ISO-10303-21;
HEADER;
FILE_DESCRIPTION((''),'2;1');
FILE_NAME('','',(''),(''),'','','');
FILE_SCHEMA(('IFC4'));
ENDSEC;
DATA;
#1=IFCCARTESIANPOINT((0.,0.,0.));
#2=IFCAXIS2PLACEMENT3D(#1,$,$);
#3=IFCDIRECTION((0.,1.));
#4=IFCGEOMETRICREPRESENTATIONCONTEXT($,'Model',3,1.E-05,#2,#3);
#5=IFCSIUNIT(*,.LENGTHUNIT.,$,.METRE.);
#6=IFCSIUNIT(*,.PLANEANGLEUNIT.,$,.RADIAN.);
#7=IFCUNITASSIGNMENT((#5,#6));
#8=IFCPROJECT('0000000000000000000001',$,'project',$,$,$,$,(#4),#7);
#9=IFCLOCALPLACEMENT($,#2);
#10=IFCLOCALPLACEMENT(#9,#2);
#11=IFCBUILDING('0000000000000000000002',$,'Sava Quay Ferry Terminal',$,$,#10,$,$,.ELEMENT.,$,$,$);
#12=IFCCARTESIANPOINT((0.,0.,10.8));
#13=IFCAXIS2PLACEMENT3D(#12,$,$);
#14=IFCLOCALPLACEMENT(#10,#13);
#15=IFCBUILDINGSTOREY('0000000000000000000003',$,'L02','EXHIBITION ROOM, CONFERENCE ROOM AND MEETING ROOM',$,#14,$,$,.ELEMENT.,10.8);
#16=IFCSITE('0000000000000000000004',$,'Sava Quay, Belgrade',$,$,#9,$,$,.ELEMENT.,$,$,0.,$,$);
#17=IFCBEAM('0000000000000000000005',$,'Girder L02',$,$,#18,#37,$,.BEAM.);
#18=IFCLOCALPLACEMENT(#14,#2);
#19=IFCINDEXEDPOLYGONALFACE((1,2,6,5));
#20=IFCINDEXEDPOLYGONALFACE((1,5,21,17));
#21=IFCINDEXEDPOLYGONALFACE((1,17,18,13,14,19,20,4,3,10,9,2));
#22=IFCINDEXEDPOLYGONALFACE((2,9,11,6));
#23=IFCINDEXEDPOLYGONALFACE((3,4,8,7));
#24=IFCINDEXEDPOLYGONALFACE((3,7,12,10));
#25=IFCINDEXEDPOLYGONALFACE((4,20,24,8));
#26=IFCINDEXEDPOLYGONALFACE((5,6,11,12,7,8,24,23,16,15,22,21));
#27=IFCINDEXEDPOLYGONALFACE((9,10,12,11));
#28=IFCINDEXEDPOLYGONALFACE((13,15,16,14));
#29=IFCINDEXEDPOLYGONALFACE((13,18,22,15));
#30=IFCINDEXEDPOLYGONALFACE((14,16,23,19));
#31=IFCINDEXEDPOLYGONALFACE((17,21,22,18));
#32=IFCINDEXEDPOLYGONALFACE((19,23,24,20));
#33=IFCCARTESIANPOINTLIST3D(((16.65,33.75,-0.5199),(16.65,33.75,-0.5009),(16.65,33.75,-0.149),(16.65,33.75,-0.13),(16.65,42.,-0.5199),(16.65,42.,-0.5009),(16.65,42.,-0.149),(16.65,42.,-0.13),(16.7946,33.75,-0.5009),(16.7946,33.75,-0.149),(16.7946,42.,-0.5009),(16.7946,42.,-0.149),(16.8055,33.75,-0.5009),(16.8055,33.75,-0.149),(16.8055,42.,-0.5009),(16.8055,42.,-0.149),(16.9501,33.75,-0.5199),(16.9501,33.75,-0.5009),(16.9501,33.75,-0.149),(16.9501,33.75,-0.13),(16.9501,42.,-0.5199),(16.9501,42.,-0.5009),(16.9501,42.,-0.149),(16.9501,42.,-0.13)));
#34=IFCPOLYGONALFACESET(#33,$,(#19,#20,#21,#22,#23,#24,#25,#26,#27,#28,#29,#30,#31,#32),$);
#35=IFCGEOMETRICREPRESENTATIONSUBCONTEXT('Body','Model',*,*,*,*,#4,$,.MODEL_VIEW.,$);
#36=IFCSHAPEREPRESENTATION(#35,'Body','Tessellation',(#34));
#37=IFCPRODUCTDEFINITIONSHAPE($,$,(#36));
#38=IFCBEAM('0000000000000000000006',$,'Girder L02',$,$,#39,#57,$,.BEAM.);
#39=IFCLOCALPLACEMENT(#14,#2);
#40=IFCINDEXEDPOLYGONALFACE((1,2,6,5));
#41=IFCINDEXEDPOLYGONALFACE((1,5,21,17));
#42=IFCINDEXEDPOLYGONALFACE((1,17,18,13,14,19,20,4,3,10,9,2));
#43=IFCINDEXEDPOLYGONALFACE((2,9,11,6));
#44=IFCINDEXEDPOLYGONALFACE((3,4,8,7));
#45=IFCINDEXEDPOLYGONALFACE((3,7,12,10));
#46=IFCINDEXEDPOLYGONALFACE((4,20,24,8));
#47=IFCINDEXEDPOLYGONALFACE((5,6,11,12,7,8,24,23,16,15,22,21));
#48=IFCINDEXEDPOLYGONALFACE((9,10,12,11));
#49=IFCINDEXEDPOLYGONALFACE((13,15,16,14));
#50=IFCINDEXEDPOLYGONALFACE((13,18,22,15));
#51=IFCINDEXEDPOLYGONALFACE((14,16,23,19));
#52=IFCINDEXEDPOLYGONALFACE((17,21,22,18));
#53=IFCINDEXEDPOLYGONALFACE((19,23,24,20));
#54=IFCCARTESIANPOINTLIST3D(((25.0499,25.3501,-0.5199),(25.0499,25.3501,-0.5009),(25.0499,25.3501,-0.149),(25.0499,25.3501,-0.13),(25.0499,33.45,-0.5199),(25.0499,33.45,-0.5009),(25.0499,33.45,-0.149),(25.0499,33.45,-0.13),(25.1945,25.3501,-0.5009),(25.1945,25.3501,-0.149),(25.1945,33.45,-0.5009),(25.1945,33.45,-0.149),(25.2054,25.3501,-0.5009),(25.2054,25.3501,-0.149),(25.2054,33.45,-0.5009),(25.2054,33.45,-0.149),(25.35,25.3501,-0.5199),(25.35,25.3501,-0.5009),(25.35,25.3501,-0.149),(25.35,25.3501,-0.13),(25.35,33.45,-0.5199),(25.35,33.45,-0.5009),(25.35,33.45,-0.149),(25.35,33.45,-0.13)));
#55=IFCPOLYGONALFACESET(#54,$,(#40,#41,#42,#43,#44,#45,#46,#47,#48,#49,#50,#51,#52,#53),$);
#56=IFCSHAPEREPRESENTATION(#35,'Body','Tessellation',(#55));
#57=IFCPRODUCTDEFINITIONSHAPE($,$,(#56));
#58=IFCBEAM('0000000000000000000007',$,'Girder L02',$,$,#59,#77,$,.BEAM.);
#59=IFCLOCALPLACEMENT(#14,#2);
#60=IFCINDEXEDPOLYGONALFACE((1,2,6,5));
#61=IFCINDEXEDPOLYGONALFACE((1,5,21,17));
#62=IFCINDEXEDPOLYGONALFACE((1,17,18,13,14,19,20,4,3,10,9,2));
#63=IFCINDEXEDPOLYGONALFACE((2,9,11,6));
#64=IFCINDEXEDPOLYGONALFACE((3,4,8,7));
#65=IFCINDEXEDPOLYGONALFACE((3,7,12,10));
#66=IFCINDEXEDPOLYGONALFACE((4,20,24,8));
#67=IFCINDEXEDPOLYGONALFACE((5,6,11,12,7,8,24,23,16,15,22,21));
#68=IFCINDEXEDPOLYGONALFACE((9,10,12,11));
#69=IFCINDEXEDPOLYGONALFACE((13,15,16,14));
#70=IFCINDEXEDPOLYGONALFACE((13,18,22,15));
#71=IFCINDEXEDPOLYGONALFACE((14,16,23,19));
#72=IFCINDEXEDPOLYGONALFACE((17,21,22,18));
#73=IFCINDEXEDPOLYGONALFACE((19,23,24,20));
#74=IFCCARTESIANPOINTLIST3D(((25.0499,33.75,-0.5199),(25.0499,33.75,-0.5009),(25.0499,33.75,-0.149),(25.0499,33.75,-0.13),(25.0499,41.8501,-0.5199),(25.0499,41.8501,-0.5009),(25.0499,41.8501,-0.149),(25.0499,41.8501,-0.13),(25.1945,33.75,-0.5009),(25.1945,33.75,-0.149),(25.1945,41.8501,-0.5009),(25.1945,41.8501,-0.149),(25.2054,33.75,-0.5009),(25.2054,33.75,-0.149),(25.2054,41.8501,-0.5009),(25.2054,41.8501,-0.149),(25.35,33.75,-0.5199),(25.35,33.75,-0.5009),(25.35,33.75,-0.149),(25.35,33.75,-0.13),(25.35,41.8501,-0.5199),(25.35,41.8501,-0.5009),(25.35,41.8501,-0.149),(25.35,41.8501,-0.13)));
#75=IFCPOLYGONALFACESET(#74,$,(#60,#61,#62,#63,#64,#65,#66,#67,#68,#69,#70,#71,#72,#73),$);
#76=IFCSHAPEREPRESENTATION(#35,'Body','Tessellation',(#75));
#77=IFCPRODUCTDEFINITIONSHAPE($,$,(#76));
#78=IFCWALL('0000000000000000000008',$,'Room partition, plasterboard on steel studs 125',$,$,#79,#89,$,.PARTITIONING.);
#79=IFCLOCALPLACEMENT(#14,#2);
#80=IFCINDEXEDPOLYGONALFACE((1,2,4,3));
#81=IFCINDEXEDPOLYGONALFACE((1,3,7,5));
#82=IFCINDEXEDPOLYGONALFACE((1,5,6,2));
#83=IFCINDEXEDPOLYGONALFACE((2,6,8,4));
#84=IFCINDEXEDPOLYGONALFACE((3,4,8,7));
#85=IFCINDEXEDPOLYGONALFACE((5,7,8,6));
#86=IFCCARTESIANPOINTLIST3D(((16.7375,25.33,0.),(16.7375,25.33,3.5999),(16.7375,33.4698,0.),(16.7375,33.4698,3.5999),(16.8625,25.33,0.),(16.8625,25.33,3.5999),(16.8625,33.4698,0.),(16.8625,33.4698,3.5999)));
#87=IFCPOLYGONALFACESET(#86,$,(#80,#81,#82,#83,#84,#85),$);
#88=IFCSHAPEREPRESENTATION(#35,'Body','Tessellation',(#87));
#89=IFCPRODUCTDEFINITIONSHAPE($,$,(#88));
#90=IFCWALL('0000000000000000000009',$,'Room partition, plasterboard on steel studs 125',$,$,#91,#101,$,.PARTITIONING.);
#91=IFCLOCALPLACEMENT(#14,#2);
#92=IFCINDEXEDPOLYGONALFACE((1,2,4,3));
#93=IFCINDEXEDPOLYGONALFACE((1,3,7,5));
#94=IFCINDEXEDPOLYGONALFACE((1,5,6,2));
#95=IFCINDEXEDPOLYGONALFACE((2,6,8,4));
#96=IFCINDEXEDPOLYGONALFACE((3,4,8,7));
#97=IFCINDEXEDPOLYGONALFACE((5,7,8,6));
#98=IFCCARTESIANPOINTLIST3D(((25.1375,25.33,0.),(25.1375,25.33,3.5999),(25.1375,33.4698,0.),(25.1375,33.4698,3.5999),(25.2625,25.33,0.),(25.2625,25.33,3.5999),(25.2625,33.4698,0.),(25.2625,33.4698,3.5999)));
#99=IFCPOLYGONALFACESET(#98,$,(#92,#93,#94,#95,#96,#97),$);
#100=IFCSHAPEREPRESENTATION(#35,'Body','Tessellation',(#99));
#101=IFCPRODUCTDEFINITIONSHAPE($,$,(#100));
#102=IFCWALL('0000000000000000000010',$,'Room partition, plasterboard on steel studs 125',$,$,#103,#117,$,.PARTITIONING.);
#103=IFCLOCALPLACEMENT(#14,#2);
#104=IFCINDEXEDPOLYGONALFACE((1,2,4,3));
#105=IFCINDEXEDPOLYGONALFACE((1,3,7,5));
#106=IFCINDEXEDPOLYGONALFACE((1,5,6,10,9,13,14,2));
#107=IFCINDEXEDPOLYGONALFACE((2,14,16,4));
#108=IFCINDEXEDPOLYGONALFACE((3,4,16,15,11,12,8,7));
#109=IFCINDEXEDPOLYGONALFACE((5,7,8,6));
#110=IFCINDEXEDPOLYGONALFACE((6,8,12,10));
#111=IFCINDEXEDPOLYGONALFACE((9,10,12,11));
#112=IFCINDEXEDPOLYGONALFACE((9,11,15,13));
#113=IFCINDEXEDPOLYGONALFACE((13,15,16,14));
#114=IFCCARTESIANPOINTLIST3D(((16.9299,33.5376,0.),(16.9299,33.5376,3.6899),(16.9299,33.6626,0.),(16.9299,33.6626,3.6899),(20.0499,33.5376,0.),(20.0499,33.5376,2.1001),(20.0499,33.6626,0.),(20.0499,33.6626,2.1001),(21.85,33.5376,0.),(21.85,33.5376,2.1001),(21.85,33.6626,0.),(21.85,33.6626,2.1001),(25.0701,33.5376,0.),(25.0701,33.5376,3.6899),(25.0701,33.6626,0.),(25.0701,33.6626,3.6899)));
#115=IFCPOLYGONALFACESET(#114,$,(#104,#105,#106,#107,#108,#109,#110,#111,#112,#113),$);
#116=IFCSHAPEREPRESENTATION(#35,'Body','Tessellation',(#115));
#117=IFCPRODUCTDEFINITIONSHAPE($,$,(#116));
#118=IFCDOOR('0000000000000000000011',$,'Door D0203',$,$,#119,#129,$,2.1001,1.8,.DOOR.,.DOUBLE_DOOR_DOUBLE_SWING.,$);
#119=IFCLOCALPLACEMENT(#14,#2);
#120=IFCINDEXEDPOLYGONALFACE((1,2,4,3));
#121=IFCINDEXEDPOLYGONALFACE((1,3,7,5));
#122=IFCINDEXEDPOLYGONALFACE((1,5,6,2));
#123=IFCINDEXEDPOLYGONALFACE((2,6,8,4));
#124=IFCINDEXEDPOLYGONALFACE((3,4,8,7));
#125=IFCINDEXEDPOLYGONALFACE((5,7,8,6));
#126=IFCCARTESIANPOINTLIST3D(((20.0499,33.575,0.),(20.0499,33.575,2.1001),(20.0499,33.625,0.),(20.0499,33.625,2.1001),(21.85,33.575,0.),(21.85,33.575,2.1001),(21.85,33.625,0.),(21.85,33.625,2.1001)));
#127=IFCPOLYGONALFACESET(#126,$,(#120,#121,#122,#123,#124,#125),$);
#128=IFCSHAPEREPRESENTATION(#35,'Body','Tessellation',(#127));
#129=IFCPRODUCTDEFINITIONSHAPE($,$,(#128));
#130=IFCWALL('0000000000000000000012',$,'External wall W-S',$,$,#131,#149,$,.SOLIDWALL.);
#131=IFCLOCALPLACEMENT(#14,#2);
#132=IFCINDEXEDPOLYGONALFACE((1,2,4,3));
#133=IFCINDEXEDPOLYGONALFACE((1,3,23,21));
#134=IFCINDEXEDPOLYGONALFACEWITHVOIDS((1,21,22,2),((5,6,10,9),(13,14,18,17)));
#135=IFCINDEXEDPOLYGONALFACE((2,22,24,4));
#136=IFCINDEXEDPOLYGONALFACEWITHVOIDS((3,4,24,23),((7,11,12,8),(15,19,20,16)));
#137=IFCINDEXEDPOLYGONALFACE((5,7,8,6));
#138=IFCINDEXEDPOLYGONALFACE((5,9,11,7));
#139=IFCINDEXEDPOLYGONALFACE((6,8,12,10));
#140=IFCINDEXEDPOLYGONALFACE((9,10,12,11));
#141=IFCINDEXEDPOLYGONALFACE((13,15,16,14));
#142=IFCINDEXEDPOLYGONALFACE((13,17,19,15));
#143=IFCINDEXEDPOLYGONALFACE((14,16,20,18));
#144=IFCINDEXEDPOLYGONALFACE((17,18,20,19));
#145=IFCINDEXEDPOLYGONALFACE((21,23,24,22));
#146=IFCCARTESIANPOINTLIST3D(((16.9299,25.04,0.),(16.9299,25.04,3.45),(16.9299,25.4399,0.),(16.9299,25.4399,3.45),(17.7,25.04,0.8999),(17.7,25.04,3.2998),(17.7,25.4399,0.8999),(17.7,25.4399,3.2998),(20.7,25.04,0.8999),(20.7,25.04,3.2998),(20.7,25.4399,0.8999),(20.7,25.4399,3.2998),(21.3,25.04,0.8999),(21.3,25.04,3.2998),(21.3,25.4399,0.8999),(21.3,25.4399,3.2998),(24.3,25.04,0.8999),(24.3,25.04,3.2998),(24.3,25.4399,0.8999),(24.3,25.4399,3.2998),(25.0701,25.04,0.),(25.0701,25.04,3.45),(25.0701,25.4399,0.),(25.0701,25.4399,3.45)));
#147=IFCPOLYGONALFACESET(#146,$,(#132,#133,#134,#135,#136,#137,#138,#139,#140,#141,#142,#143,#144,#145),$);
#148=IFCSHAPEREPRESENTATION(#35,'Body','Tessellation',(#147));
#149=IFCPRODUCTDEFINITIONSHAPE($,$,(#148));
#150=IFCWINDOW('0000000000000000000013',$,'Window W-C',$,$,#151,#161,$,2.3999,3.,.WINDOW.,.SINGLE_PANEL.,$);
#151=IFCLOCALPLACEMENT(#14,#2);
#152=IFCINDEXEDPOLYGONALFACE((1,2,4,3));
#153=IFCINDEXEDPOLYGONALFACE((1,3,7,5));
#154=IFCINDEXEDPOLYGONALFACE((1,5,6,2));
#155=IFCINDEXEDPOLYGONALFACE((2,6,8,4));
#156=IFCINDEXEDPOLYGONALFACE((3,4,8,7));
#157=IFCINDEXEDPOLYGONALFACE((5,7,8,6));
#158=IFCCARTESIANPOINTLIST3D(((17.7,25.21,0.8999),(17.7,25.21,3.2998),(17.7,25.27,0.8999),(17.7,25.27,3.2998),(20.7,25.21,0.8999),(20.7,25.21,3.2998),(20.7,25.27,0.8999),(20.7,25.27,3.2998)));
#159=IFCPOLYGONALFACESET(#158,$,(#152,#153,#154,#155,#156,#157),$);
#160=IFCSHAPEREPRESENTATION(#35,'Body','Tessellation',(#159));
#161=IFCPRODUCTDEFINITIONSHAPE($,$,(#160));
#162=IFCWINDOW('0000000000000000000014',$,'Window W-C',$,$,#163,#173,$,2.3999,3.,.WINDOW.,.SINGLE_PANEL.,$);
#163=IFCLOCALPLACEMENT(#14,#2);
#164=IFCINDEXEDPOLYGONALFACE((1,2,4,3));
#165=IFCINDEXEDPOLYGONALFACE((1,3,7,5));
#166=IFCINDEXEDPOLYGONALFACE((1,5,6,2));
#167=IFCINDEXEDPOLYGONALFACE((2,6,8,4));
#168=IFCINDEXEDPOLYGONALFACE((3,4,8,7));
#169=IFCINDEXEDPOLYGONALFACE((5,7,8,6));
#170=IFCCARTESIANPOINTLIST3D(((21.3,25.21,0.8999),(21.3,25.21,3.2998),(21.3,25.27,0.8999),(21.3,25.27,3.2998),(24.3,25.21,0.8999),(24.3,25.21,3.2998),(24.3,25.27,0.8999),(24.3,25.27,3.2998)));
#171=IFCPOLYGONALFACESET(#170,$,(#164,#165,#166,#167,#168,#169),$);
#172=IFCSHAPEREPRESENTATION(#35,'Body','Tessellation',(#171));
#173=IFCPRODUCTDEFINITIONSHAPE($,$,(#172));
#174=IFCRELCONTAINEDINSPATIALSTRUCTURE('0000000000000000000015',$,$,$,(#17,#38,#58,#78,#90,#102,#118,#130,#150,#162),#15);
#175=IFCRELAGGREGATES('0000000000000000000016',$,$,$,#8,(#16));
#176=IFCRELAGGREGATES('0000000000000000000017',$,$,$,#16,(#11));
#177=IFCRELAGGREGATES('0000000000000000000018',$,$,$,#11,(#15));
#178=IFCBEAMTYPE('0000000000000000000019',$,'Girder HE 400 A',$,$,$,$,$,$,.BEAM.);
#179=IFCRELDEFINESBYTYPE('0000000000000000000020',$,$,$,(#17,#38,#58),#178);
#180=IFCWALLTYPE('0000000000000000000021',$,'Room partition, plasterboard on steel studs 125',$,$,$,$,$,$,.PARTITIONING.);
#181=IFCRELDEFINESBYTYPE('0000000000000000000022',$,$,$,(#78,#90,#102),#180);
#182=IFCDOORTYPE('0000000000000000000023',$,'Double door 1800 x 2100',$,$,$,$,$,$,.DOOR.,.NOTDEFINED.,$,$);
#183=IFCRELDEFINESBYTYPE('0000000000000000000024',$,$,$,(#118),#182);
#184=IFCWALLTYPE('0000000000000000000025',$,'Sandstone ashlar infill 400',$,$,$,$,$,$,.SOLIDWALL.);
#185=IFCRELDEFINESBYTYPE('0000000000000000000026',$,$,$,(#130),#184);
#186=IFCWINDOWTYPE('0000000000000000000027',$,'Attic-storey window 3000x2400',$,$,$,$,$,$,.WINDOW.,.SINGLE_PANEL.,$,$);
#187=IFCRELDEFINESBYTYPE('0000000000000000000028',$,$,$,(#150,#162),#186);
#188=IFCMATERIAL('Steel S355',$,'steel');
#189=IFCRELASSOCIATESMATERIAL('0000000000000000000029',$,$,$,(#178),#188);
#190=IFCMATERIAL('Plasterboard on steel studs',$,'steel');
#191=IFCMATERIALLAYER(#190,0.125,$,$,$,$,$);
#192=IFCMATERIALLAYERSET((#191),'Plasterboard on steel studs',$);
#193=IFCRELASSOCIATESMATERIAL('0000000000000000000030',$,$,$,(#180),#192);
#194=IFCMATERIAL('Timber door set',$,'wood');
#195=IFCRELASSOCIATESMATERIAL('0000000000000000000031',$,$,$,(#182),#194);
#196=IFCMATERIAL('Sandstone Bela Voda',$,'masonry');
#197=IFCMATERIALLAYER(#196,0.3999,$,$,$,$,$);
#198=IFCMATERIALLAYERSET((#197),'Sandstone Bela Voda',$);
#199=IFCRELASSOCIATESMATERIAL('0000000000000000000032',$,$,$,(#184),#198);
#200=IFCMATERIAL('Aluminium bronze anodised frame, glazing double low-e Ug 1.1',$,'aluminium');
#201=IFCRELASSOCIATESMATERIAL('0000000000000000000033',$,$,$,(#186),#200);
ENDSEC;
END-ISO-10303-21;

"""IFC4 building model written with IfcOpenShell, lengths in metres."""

from ifc_helpers import new_model, si_unit, direction, frame, frame_2d, origin, origin_2d, place, context, subcontext, project, spatial, rectangle, i_section, extrude, material, layer, layer_set, material_profile, profile_set, type_object, element, fill, save


model = new_model("IFC4")

# Units and contexts
model_context = context("Model", 3, precision=1e-05, world=origin(), true_north=direction((0.0, 1.0)))
body_context = subcontext(model_context, "Body", "Model", "MODEL_VIEW")
ifc_project = project(units=[si_unit("LENGTHUNIT", "METRE"), si_unit("PLANEANGLEUNIT", "RADIAN")], contexts=[model_context])

# Site, building, storey
site_placement = place(None, origin())
site = spatial("IfcSite", under=ifc_project, at=site_placement, Name="Sava Quay, Belgrade", CompositionType="ELEMENT", RefElevation=0.0)
building_placement = place(site_placement, origin())
building = spatial("IfcBuilding", under=site, at=building_placement, Name="Sava Quay Ferry Terminal", CompositionType="ELEMENT")
storey_placement = place(building_placement, frame((0.0, 0.0, 10.8)))
storey = spatial("IfcBuildingStorey", under=building, at=storey_placement, Name="L02", Description="EXHIBITION ROOM, CONFERENCE ROOM AND MEETING ROOM", CompositionType="ELEMENT", Elevation=10.8)

# Beams
ifc_material_1 = material(Name="Steel S355", Category="steel")
ifc_material_profile_1 = material_profile(ifc_material_1, i_section(OverallWidth=0.3, OverallDepth=0.3899, WebThickness=0.011, FlangeThickness=0.019, at=origin_2d()), Name="HE 400 A")
ifc_profile_set_1 = profile_set([ifc_material_profile_1], Name="Steel S355")
beam_type_1 = type_object("IfcBeamType", Name="Girder HE 400 A", PredefinedType="BEAM", material=ifc_profile_set_1)
beam_1_placement = place(storey_placement, frame((16.8, 33.75, -0.325), z_axis=(0.0, 1.0, 0.0), x_axis=(-1.0, 0.0, 0.0)))
element("IfcBeam", 1, at=beam_1_placement, inside=storey, type_object=beam_type_1, Name="Girder L02", PredefinedType="BEAM", context=body_context, shape_type="SweptSolid", body=[
    extrude(i_section(OverallWidth=0.3, OverallDepth=0.3899, WebThickness=0.011, FlangeThickness=0.019, at=origin_2d()), origin(), (0.0, 0.0, 1.0), 8.25),
])
beam_2_placement = place(storey_placement, frame((25.2, 25.3501, -0.325), z_axis=(0.0, 1.0, 0.0), x_axis=(-1.0, 0.0, 0.0)))
element("IfcBeam", 2, at=beam_2_placement, inside=storey, type_object=beam_type_1, Name="Girder L02", PredefinedType="BEAM", context=body_context, shape_type="SweptSolid", body=[
    extrude(i_section(OverallWidth=0.3, OverallDepth=0.3899, WebThickness=0.011, FlangeThickness=0.019, at=origin_2d()), origin(), (0.0, 0.0, 1.0), 8.0999),
])
beam_3_placement = place(storey_placement, frame((25.2, 33.75, -0.325), z_axis=(0.0, 1.0, 0.0), x_axis=(-1.0, 0.0, 0.0)))
element("IfcBeam", 3, at=beam_3_placement, inside=storey, type_object=beam_type_1, Name="Girder L02", PredefinedType="BEAM", context=body_context, shape_type="SweptSolid", body=[
    extrude(i_section(OverallWidth=0.3, OverallDepth=0.3899, WebThickness=0.011, FlangeThickness=0.019, at=origin_2d()), origin(), (0.0, 0.0, 1.0), 8.1001),
])

# Walls
ifc_material_2 = material(Name="Plasterboard on steel studs", Category="steel")
ifc_layer_1 = layer(ifc_material_2, 0.125)
ifc_layer_set_1 = layer_set([ifc_layer_1], Name="Plasterboard on steel studs")
wall_type_1 = type_object("IfcWallType", Name="Room partition, plasterboard on steel studs 125", PredefinedType="PARTITIONING", material=ifc_layer_set_1)
for number, where, z_axis, x_axis, name in (
    (4, (16.8, 25.3301, 0.0), (0.0, 0.0, 1.0), (0.0, 1.0, 0.0), "Room partition, plasterboard on steel studs 125"),
    (5, (25.2, 25.3301, 0.0), (0.0, 0.0, 1.0), (0.0, 1.0, 0.0), "Room partition, plasterboard on steel studs 125"),
):
    element("IfcWall", number, at=place(storey_placement, frame(where, z_axis=z_axis, x_axis=x_axis)), inside=storey, type_object=wall_type_1, Name=name, PredefinedType="PARTITIONING", context=body_context, shape_type="SweptSolid", body=[
        extrude(rectangle(XDim=8.1399, YDim=0.125, at=frame_2d((4.0698, 0.0))), origin(), (0.0, 0.0, 1.0), 3.5999),
    ])

# Wall, opening, door
wall_1_placement = place(storey_placement, frame((16.9299, 33.6001, 0.0), z_axis=(0.0, 0.0, 1.0), x_axis=(1.0, 0.0, 0.0)))
wall_1 = element("IfcWall", 6, at=wall_1_placement, inside=storey, type_object=wall_type_1, Name="Room partition, plasterboard on steel studs 125", PredefinedType="PARTITIONING", context=body_context, shape_type="SweptSolid", body=[
    extrude(rectangle(XDim=8.1401, YDim=0.125, at=frame_2d((4.0701, 0.0))), origin(), (0.0, 0.0, 1.0), 3.6899),
])
opening_1_placement = place(wall_1_placement, frame((3.1201, 0.0, 0.0)))
opening_1 = element("IfcOpeningElement", 7, at=opening_1_placement, cuts=wall_1, PredefinedType="OPENING", context=body_context, shape_type="SweptSolid", body=[
    extrude(rectangle(XDim=1.8, YDim=2.1001, at=frame_2d((0.8999, 1.05))), frame((0.0, 0.0625, 0.0), z_axis=(0.0, -1.0, 0.0), x_axis=(1.0, 0.0, 0.0)), (0.0, 0.0, 1.0), 0.125),
])
ifc_material_3 = material(Name="Timber door set", Category="wood")
door_type = type_object("IfcDoorType", Name="Double door 1800 x 2100", OperationType="NOTDEFINED", PredefinedType="DOOR", material=ifc_material_3)
door_placement = place(opening_1_placement, origin())
door = element("IfcDoor", 8, at=door_placement, inside=storey, type_object=door_type, Name="Door D0203", OperationType="DOUBLE_DOOR_DOUBLE_SWING", OverallHeight=2.1001, OverallWidth=1.8, PredefinedType="DOOR", context=body_context, shape_type="SweptSolid", body=[
    extrude(rectangle(XDim=1.8, YDim=2.1001, at=frame_2d((0.8999, 1.05))), frame((0.0, 0.0249, 0.0), z_axis=(0.0, -1.0, 0.0), x_axis=(1.0, 0.0, 0.0)), (0.0, 0.0, 1.0), 0.05),
])
fill(opening_1, door)

# Wall, openings, windows
ifc_material_4 = material(Name="Sandstone Bela Voda", Category="masonry")
ifc_layer_2 = layer(ifc_material_4, 0.3999)
ifc_layer_set_2 = layer_set([ifc_layer_2], Name="Sandstone Bela Voda")
wall_type_2 = type_object("IfcWallType", Name="Sandstone ashlar infill 400", PredefinedType="SOLIDWALL", material=ifc_layer_set_2)
wall_2_placement = place(storey_placement, frame((16.9299, 25.24, 0.0), z_axis=(0.0, 0.0, 1.0), x_axis=(1.0, 0.0, 0.0)))
wall_2 = element("IfcWall", 9, at=wall_2_placement, inside=storey, type_object=wall_type_2, Name="External wall W-S", PredefinedType="SOLIDWALL", context=body_context, shape_type="SweptSolid", body=[
    extrude(rectangle(XDim=8.1401, YDim=0.3999, at=frame_2d((4.0701, 0.0))), origin(), (0.0, 0.0, 1.0), 3.45),
])
opening_2_placement = place(wall_2_placement, frame((0.77, 0.0, 0.8999)))
opening_2 = element("IfcOpeningElement", 10, at=opening_2_placement, cuts=wall_2, PredefinedType="OPENING", context=body_context, shape_type="SweptSolid", body=[
    extrude(rectangle(XDim=3.0, YDim=2.3999, at=frame_2d((1.5, 1.2))), frame((0.0, 0.2, 0.0), z_axis=(0.0, -1.0, 0.0), x_axis=(1.0, 0.0, 0.0)), (0.0, 0.0, 1.0), 0.3999),
])
opening_3_placement = place(wall_2_placement, frame((4.3701, 0.0, 0.8999)))
opening_3 = element("IfcOpeningElement", 11, at=opening_3_placement, cuts=wall_2, PredefinedType="OPENING", context=body_context, shape_type="SweptSolid", body=[
    extrude(rectangle(XDim=3.0, YDim=2.3999, at=frame_2d((1.5, 1.2))), frame((0.0, 0.2, 0.0), z_axis=(0.0, -1.0, 0.0), x_axis=(1.0, 0.0, 0.0)), (0.0, 0.0, 1.0), 0.3999),
])
ifc_material_5 = material(Name="Aluminium bronze anodised frame, glazing double low-e Ug 1.1", Category="aluminium")
window_type = type_object("IfcWindowType", Name="Attic-storey window 3000x2400", PartitioningType="SINGLE_PANEL", PredefinedType="WINDOW", material=ifc_material_5)
window_1_placement = place(opening_2_placement, origin())
window_1 = element("IfcWindow", 12, at=window_1_placement, inside=storey, type_object=window_type, Name="Window W-C", OverallHeight=2.3999, OverallWidth=3.0, PartitioningType="SINGLE_PANEL", PredefinedType="WINDOW", context=body_context, shape_type="SweptSolid", body=[
    extrude(rectangle(XDim=3.0, YDim=2.3999, at=frame_2d((1.5, 1.2))), frame((0.0, 0.03, 0.0), z_axis=(0.0, -1.0, 0.0), x_axis=(1.0, 0.0, 0.0)), (0.0, 0.0, 1.0), 0.0601),
])
fill(opening_2, window_1)
window_2_placement = place(opening_3_placement, origin())
window_2 = element("IfcWindow", 13, at=window_2_placement, inside=storey, type_object=window_type, Name="Window W-C", OverallHeight=2.3999, OverallWidth=3.0, PartitioningType="SINGLE_PANEL", PredefinedType="WINDOW", context=body_context, shape_type="SweptSolid", body=[
    extrude(rectangle(XDim=3.0, YDim=2.3999, at=frame_2d((1.5, 1.2))), frame((0.0, 0.03, 0.0), z_axis=(0.0, -1.0, 0.0), x_axis=(1.0, 0.0, 0.0)), (0.0, 0.0, 1.0), 0.0601),
])
fill(opening_3, window_2)

save(model, "model.ifc")
